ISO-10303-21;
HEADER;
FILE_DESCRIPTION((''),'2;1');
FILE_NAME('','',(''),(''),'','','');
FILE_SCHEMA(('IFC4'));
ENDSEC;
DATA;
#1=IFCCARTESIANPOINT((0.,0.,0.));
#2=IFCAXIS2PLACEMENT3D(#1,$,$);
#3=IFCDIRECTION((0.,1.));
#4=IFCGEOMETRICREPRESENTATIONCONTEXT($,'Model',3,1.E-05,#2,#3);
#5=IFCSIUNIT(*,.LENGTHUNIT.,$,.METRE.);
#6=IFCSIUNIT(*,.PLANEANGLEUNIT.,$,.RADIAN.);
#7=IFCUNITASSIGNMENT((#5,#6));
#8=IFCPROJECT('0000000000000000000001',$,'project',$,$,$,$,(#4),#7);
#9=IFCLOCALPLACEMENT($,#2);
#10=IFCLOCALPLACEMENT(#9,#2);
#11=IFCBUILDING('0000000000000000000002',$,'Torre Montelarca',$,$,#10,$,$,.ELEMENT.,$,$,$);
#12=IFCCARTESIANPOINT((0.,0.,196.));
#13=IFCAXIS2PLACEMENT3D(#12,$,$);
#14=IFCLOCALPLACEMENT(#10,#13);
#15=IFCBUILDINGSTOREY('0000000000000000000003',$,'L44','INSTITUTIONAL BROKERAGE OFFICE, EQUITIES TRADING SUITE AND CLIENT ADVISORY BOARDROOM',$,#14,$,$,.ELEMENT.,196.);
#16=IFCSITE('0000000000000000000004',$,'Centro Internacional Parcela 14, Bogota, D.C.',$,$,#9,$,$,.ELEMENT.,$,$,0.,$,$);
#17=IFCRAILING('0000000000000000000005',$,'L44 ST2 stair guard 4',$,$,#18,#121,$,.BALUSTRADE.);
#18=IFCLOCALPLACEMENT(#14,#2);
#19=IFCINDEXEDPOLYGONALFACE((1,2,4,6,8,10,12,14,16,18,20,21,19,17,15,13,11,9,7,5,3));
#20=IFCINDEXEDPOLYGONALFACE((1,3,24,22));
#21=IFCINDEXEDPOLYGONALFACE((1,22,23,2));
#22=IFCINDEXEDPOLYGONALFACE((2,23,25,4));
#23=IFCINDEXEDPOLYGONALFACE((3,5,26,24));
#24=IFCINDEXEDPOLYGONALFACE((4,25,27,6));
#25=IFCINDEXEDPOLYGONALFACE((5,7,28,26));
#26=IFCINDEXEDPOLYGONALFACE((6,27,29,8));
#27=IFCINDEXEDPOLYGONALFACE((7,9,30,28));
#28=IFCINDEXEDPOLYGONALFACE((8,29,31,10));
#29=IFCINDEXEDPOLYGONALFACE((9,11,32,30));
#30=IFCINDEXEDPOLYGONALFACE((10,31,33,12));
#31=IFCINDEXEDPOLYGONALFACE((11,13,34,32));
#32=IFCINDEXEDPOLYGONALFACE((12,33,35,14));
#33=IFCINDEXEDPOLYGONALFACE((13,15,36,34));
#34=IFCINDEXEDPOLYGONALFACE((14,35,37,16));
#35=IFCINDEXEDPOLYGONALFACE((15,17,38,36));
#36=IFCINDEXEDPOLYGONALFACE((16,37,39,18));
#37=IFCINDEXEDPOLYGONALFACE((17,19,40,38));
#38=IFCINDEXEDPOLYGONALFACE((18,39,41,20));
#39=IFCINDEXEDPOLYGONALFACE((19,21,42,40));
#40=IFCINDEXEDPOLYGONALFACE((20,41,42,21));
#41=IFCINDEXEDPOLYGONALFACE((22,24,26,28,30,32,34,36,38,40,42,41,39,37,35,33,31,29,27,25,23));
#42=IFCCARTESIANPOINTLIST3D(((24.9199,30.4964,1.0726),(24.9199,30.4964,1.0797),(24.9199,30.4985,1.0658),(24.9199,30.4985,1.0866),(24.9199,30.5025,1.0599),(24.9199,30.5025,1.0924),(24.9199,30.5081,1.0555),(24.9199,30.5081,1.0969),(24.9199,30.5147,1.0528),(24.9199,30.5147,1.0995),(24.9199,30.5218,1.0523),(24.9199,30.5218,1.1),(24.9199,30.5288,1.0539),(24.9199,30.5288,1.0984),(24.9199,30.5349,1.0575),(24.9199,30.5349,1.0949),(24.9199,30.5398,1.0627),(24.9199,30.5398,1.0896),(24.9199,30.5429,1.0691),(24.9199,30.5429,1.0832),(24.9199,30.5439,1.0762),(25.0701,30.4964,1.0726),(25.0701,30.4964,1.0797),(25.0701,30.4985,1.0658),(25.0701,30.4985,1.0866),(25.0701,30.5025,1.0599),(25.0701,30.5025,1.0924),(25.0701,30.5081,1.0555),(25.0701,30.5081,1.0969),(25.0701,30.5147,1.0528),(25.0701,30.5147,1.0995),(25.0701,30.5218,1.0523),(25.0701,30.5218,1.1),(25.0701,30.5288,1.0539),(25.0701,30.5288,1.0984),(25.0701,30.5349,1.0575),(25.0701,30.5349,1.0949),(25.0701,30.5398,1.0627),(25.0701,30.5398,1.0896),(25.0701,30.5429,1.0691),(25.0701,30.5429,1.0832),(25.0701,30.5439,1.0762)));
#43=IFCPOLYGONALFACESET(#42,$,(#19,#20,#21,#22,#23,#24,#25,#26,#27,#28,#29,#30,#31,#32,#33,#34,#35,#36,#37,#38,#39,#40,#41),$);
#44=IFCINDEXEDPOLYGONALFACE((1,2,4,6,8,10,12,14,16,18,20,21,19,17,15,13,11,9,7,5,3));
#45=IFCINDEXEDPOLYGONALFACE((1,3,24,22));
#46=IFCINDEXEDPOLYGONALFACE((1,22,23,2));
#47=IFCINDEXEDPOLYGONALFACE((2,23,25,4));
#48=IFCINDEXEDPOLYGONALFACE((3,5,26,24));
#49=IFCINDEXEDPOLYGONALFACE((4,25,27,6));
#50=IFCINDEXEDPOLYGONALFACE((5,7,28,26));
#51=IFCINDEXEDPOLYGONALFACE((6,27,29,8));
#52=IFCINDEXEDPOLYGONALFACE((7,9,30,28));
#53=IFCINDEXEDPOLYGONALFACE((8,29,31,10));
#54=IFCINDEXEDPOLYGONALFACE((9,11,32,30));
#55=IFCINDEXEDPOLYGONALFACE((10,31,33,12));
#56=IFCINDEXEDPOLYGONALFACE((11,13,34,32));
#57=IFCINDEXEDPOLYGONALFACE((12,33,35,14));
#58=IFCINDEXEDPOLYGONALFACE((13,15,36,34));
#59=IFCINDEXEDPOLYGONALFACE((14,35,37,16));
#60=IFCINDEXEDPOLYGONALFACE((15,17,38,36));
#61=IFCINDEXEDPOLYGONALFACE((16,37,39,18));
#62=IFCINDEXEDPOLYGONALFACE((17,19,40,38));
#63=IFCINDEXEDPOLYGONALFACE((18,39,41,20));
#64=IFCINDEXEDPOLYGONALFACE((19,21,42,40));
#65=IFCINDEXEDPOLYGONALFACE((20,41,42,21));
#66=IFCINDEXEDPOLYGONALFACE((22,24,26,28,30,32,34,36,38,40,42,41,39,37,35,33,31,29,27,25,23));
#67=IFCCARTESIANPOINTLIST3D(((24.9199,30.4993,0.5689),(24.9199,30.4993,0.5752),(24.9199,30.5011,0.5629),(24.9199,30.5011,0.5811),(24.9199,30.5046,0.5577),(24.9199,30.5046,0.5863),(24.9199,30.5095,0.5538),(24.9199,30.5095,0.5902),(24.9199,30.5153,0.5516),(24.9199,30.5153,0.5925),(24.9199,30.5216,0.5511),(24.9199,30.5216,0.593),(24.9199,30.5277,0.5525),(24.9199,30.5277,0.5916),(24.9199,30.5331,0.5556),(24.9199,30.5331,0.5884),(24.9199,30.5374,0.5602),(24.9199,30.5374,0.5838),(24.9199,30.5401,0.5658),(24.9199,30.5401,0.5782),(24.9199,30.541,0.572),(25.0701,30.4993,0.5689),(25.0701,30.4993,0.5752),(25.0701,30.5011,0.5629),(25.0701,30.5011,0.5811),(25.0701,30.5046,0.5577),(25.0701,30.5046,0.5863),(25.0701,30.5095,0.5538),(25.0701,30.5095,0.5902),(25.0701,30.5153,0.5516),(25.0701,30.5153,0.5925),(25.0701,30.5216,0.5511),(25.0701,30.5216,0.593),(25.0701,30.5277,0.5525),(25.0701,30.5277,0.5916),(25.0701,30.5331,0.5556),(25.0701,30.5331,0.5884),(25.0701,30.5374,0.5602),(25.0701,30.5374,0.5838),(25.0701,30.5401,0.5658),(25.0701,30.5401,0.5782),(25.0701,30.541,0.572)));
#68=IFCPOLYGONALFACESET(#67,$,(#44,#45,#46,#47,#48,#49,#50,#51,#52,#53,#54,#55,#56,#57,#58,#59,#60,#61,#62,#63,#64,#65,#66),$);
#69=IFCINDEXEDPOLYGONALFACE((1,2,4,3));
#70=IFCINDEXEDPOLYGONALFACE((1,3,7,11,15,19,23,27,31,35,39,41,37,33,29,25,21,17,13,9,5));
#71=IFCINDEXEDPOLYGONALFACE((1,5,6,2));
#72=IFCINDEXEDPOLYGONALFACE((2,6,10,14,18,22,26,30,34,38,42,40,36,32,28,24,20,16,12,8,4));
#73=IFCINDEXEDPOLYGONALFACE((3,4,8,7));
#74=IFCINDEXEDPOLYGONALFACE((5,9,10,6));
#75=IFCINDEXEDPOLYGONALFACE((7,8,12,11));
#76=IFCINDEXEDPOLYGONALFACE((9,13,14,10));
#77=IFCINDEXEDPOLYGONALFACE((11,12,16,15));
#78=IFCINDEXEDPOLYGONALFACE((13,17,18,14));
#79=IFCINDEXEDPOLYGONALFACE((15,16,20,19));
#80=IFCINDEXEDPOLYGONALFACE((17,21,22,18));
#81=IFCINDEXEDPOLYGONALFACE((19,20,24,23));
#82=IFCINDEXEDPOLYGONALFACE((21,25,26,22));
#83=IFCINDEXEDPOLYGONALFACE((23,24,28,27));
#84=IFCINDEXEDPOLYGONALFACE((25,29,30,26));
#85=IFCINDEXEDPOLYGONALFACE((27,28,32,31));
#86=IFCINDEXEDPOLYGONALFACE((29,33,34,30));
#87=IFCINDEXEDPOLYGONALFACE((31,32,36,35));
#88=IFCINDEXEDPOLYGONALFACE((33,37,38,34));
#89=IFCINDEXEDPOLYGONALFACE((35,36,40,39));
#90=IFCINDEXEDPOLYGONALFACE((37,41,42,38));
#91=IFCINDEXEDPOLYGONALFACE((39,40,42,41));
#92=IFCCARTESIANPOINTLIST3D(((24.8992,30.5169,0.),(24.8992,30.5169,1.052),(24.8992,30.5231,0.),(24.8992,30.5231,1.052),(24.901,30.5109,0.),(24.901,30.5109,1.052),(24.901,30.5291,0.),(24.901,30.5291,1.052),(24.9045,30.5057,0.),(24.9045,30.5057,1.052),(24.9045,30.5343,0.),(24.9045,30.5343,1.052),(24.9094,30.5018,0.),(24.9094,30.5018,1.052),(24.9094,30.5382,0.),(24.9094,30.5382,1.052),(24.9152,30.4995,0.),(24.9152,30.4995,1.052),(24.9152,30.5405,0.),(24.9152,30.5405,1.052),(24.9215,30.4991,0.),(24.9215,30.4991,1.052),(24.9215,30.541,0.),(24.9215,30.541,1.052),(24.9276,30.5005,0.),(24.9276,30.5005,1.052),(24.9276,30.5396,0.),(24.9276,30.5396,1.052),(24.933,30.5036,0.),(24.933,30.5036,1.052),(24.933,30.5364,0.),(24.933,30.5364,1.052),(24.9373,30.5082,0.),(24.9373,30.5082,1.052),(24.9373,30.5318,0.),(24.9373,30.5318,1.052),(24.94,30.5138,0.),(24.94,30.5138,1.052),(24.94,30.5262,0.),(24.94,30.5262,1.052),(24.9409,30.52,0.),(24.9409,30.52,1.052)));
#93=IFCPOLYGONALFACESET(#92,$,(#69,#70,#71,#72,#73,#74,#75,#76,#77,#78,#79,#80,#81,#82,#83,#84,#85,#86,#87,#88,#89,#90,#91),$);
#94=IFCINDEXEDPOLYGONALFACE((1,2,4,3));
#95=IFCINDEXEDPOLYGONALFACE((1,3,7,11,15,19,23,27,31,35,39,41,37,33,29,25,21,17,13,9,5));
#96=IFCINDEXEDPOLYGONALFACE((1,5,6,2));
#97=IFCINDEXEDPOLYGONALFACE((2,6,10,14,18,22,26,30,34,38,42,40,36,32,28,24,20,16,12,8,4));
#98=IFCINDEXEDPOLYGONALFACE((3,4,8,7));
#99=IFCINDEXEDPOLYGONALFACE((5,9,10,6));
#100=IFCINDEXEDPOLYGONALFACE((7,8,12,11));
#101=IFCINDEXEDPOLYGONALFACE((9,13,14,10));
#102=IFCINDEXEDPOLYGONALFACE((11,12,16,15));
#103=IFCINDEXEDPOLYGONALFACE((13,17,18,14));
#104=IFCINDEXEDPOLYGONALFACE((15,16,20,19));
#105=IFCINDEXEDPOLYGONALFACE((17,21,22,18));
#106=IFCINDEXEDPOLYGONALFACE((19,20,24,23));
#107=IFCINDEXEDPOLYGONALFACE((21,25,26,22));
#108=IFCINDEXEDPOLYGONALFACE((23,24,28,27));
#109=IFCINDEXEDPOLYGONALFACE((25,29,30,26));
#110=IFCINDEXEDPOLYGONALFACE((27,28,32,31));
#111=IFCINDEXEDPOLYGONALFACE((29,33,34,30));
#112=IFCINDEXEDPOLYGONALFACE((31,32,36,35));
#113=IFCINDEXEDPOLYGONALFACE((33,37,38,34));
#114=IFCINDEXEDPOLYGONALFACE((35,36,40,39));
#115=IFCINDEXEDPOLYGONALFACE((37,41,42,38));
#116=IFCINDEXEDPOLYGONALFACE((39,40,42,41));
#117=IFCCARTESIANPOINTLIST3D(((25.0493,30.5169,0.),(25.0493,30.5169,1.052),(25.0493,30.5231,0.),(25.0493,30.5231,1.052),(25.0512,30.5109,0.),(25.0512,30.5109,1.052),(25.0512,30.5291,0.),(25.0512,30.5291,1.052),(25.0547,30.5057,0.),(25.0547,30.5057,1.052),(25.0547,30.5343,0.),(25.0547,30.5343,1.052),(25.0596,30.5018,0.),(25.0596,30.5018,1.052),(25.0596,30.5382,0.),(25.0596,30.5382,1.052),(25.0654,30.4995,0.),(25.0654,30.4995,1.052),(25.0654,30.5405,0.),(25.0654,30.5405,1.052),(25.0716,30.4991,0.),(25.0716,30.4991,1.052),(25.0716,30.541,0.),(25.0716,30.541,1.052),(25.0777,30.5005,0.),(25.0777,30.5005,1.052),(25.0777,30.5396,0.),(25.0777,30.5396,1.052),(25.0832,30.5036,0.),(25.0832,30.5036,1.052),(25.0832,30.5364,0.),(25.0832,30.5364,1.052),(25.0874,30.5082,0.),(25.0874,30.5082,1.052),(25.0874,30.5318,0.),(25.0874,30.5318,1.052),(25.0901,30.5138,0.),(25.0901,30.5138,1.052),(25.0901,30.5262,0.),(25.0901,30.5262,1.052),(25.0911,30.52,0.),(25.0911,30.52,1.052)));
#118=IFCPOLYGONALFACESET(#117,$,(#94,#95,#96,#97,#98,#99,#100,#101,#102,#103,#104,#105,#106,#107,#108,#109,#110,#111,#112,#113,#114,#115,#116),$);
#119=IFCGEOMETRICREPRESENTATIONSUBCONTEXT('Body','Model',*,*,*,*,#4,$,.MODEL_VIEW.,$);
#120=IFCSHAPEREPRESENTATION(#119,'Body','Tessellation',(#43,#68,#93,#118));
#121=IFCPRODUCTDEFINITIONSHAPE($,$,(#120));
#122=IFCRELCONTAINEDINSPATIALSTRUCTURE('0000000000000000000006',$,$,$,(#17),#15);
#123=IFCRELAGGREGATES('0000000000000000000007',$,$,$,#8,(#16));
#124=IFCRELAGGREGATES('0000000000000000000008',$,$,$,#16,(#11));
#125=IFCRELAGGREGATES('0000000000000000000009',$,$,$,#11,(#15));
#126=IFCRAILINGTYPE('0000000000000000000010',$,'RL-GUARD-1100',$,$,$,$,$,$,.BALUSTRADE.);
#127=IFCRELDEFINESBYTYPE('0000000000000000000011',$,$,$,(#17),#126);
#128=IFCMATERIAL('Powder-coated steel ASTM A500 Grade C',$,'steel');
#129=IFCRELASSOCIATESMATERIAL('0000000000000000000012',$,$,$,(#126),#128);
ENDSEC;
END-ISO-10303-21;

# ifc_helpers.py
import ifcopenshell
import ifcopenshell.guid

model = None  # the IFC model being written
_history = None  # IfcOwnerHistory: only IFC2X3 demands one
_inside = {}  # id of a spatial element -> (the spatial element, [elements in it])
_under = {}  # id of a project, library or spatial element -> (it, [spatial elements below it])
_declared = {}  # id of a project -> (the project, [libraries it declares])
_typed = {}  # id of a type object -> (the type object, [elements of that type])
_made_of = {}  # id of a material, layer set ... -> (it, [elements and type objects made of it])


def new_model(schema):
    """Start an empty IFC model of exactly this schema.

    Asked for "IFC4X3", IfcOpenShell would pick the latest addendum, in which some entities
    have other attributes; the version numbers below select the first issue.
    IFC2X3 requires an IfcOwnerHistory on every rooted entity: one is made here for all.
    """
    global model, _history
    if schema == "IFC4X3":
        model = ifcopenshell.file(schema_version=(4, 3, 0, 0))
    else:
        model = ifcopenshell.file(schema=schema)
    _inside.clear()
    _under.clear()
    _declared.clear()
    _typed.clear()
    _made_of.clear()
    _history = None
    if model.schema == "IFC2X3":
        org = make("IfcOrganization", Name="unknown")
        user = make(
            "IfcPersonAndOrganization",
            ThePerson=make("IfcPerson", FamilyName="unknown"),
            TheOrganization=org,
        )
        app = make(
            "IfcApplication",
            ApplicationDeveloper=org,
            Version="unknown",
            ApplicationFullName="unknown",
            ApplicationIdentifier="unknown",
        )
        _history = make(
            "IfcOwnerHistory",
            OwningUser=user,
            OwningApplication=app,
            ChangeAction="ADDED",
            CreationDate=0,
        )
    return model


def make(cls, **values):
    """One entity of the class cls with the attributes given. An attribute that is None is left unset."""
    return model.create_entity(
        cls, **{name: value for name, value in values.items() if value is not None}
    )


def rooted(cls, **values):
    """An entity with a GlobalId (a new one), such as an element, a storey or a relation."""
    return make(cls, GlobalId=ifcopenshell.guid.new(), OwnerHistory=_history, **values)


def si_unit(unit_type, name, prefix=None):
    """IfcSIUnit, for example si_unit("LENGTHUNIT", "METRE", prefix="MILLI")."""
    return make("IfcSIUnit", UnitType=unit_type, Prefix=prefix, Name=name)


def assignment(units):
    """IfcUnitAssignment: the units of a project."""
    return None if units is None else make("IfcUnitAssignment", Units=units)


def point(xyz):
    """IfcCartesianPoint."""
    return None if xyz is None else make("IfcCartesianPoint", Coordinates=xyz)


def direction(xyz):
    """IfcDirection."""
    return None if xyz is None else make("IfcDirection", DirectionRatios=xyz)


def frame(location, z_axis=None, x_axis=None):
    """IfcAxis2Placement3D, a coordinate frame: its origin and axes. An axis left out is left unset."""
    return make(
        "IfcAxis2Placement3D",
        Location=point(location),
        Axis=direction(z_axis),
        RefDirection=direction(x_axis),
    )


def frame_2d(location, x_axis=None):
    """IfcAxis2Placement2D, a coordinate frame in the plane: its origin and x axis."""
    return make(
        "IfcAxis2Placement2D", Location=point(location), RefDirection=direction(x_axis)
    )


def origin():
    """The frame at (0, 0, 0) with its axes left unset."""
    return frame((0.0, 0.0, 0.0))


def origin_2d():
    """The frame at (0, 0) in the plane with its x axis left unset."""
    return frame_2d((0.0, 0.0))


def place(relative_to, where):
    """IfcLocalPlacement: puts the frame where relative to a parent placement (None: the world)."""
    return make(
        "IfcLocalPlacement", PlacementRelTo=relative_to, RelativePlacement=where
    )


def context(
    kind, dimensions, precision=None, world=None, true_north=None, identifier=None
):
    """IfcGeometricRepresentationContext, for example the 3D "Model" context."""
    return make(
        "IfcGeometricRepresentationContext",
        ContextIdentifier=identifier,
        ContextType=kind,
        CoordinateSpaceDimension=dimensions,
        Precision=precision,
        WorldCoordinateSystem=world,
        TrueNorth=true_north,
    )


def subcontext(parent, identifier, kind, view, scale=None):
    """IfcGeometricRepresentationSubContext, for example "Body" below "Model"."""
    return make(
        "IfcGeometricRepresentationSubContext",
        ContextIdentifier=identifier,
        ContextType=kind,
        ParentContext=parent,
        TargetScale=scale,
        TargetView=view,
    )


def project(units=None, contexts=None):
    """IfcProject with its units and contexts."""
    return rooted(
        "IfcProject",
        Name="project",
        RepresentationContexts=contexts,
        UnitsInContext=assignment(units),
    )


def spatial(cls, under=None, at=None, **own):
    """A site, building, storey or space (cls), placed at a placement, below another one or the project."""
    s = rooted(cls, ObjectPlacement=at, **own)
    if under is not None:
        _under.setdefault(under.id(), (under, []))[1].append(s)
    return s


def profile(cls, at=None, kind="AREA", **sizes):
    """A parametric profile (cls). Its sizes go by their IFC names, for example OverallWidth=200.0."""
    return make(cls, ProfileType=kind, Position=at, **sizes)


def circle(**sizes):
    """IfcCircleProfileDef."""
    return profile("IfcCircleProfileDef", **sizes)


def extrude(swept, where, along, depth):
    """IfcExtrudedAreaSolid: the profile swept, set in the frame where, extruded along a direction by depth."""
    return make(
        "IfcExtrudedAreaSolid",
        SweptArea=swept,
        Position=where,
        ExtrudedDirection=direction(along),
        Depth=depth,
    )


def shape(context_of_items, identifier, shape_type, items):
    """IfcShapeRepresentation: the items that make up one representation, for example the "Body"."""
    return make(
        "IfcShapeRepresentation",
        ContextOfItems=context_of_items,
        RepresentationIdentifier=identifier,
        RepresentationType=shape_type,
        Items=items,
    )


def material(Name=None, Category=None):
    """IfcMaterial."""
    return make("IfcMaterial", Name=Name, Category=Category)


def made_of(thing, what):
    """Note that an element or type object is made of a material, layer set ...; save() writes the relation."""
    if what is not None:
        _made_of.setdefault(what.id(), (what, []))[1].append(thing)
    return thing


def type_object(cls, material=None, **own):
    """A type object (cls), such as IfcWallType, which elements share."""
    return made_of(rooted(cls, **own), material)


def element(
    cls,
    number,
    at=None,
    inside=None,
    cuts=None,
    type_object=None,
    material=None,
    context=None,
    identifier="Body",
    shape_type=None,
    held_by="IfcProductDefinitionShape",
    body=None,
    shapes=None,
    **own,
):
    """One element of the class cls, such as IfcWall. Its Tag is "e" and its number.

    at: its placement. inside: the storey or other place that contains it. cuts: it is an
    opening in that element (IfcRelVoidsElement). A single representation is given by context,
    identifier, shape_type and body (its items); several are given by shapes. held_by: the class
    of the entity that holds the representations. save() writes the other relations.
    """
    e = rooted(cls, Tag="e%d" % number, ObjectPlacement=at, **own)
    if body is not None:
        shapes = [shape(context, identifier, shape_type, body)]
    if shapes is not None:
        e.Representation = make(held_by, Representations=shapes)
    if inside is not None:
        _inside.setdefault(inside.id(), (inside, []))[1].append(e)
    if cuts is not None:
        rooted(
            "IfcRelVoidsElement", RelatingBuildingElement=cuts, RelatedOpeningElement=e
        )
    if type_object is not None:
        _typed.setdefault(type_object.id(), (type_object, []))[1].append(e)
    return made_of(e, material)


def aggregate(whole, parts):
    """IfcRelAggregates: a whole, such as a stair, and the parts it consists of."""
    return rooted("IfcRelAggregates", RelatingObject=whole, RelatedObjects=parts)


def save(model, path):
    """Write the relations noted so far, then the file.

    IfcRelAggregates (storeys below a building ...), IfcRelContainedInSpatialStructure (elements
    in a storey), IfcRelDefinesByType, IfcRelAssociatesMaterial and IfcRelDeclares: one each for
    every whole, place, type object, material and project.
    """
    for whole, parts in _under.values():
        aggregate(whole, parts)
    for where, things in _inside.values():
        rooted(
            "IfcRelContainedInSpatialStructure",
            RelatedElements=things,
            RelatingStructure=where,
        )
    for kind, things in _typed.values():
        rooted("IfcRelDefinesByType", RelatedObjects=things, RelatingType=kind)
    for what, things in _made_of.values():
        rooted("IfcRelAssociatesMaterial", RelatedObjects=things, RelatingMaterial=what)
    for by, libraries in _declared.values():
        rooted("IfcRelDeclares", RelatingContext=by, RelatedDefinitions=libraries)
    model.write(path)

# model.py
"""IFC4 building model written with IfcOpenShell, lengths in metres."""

from ifc_helpers import new_model, si_unit, direction, frame, origin, origin_2d, place, context, subcontext, project, spatial, circle, extrude, material, type_object, element, save


model = new_model("IFC4")

# Units and contexts
model_context = context("Model", 3, precision=1e-05, world=origin(), true_north=direction((0.0, 1.0)))
body_context = subcontext(model_context, "Body", "Model", "MODEL_VIEW")
ifc_project = project(units=[si_unit("LENGTHUNIT", "METRE"), si_unit("PLANEANGLEUNIT", "RADIAN")], contexts=[model_context])

# Site, building, storey
site_placement = place(None, origin())
site = spatial("IfcSite", under=ifc_project, at=site_placement, Name="Centro Internacional Parcela 14, Bogota, D.C.", CompositionType="ELEMENT", RefElevation=0.0)
building_placement = place(site_placement, origin())
building = spatial("IfcBuilding", under=site, at=building_placement, Name="Torre Montelarca", CompositionType="ELEMENT")
storey_placement = place(building_placement, frame((0.0, 0.0, 196.0)))
storey = spatial("IfcBuildingStorey", under=building, at=storey_placement, Name="L44", Description="INSTITUTIONAL BROKERAGE OFFICE, EQUITIES TRADING SUITE AND CLIENT ADVISORY BOARDROOM", CompositionType="ELEMENT", Elevation=196.0)

# Railing
ifc_material_1 = material(Name="Powder-coated steel ASTM A500 Grade C", Category="steel")
railing_type_1 = type_object("IfcRailingType", Name="RL-GUARD-1100", PredefinedType="BALUSTRADE", material=ifc_material_1)
railing_1_placement = place(storey_placement, frame((24.9199, 30.52, 0.0)))
element("IfcRailing", 1, at=railing_1_placement, inside=storey, type_object=railing_type_1, Name="L44 ST2 stair guard 4", PredefinedType="BALUSTRADE", context=body_context, shape_type="SweptSolid", body=[
    extrude(circle(Radius=0.0239, at=origin_2d()), frame((0.0, 0.0, 1.0762), z_axis=(1.0, 0.0, 0.0), x_axis=(0.0, 1.0, 0.0)), (0.0, 0.0, 1.0), 0.1501),
    extrude(circle(Radius=0.021, at=origin_2d()), frame((0.0, 0.0, 0.572), z_axis=(1.0, 0.0, 0.0), x_axis=(0.0, 1.0, 0.0)), (0.0, 0.0, 1.0), 0.1501),
    extrude(circle(Radius=0.021, at=origin_2d()), origin(), (0.0, 0.0, 1.0), 1.052),
    extrude(circle(Radius=0.021, at=origin_2d()), frame((0.1501, 0.0, 0.0)), (0.0, 0.0, 1.0), 1.052),
])

save(model, "model.ifc")
